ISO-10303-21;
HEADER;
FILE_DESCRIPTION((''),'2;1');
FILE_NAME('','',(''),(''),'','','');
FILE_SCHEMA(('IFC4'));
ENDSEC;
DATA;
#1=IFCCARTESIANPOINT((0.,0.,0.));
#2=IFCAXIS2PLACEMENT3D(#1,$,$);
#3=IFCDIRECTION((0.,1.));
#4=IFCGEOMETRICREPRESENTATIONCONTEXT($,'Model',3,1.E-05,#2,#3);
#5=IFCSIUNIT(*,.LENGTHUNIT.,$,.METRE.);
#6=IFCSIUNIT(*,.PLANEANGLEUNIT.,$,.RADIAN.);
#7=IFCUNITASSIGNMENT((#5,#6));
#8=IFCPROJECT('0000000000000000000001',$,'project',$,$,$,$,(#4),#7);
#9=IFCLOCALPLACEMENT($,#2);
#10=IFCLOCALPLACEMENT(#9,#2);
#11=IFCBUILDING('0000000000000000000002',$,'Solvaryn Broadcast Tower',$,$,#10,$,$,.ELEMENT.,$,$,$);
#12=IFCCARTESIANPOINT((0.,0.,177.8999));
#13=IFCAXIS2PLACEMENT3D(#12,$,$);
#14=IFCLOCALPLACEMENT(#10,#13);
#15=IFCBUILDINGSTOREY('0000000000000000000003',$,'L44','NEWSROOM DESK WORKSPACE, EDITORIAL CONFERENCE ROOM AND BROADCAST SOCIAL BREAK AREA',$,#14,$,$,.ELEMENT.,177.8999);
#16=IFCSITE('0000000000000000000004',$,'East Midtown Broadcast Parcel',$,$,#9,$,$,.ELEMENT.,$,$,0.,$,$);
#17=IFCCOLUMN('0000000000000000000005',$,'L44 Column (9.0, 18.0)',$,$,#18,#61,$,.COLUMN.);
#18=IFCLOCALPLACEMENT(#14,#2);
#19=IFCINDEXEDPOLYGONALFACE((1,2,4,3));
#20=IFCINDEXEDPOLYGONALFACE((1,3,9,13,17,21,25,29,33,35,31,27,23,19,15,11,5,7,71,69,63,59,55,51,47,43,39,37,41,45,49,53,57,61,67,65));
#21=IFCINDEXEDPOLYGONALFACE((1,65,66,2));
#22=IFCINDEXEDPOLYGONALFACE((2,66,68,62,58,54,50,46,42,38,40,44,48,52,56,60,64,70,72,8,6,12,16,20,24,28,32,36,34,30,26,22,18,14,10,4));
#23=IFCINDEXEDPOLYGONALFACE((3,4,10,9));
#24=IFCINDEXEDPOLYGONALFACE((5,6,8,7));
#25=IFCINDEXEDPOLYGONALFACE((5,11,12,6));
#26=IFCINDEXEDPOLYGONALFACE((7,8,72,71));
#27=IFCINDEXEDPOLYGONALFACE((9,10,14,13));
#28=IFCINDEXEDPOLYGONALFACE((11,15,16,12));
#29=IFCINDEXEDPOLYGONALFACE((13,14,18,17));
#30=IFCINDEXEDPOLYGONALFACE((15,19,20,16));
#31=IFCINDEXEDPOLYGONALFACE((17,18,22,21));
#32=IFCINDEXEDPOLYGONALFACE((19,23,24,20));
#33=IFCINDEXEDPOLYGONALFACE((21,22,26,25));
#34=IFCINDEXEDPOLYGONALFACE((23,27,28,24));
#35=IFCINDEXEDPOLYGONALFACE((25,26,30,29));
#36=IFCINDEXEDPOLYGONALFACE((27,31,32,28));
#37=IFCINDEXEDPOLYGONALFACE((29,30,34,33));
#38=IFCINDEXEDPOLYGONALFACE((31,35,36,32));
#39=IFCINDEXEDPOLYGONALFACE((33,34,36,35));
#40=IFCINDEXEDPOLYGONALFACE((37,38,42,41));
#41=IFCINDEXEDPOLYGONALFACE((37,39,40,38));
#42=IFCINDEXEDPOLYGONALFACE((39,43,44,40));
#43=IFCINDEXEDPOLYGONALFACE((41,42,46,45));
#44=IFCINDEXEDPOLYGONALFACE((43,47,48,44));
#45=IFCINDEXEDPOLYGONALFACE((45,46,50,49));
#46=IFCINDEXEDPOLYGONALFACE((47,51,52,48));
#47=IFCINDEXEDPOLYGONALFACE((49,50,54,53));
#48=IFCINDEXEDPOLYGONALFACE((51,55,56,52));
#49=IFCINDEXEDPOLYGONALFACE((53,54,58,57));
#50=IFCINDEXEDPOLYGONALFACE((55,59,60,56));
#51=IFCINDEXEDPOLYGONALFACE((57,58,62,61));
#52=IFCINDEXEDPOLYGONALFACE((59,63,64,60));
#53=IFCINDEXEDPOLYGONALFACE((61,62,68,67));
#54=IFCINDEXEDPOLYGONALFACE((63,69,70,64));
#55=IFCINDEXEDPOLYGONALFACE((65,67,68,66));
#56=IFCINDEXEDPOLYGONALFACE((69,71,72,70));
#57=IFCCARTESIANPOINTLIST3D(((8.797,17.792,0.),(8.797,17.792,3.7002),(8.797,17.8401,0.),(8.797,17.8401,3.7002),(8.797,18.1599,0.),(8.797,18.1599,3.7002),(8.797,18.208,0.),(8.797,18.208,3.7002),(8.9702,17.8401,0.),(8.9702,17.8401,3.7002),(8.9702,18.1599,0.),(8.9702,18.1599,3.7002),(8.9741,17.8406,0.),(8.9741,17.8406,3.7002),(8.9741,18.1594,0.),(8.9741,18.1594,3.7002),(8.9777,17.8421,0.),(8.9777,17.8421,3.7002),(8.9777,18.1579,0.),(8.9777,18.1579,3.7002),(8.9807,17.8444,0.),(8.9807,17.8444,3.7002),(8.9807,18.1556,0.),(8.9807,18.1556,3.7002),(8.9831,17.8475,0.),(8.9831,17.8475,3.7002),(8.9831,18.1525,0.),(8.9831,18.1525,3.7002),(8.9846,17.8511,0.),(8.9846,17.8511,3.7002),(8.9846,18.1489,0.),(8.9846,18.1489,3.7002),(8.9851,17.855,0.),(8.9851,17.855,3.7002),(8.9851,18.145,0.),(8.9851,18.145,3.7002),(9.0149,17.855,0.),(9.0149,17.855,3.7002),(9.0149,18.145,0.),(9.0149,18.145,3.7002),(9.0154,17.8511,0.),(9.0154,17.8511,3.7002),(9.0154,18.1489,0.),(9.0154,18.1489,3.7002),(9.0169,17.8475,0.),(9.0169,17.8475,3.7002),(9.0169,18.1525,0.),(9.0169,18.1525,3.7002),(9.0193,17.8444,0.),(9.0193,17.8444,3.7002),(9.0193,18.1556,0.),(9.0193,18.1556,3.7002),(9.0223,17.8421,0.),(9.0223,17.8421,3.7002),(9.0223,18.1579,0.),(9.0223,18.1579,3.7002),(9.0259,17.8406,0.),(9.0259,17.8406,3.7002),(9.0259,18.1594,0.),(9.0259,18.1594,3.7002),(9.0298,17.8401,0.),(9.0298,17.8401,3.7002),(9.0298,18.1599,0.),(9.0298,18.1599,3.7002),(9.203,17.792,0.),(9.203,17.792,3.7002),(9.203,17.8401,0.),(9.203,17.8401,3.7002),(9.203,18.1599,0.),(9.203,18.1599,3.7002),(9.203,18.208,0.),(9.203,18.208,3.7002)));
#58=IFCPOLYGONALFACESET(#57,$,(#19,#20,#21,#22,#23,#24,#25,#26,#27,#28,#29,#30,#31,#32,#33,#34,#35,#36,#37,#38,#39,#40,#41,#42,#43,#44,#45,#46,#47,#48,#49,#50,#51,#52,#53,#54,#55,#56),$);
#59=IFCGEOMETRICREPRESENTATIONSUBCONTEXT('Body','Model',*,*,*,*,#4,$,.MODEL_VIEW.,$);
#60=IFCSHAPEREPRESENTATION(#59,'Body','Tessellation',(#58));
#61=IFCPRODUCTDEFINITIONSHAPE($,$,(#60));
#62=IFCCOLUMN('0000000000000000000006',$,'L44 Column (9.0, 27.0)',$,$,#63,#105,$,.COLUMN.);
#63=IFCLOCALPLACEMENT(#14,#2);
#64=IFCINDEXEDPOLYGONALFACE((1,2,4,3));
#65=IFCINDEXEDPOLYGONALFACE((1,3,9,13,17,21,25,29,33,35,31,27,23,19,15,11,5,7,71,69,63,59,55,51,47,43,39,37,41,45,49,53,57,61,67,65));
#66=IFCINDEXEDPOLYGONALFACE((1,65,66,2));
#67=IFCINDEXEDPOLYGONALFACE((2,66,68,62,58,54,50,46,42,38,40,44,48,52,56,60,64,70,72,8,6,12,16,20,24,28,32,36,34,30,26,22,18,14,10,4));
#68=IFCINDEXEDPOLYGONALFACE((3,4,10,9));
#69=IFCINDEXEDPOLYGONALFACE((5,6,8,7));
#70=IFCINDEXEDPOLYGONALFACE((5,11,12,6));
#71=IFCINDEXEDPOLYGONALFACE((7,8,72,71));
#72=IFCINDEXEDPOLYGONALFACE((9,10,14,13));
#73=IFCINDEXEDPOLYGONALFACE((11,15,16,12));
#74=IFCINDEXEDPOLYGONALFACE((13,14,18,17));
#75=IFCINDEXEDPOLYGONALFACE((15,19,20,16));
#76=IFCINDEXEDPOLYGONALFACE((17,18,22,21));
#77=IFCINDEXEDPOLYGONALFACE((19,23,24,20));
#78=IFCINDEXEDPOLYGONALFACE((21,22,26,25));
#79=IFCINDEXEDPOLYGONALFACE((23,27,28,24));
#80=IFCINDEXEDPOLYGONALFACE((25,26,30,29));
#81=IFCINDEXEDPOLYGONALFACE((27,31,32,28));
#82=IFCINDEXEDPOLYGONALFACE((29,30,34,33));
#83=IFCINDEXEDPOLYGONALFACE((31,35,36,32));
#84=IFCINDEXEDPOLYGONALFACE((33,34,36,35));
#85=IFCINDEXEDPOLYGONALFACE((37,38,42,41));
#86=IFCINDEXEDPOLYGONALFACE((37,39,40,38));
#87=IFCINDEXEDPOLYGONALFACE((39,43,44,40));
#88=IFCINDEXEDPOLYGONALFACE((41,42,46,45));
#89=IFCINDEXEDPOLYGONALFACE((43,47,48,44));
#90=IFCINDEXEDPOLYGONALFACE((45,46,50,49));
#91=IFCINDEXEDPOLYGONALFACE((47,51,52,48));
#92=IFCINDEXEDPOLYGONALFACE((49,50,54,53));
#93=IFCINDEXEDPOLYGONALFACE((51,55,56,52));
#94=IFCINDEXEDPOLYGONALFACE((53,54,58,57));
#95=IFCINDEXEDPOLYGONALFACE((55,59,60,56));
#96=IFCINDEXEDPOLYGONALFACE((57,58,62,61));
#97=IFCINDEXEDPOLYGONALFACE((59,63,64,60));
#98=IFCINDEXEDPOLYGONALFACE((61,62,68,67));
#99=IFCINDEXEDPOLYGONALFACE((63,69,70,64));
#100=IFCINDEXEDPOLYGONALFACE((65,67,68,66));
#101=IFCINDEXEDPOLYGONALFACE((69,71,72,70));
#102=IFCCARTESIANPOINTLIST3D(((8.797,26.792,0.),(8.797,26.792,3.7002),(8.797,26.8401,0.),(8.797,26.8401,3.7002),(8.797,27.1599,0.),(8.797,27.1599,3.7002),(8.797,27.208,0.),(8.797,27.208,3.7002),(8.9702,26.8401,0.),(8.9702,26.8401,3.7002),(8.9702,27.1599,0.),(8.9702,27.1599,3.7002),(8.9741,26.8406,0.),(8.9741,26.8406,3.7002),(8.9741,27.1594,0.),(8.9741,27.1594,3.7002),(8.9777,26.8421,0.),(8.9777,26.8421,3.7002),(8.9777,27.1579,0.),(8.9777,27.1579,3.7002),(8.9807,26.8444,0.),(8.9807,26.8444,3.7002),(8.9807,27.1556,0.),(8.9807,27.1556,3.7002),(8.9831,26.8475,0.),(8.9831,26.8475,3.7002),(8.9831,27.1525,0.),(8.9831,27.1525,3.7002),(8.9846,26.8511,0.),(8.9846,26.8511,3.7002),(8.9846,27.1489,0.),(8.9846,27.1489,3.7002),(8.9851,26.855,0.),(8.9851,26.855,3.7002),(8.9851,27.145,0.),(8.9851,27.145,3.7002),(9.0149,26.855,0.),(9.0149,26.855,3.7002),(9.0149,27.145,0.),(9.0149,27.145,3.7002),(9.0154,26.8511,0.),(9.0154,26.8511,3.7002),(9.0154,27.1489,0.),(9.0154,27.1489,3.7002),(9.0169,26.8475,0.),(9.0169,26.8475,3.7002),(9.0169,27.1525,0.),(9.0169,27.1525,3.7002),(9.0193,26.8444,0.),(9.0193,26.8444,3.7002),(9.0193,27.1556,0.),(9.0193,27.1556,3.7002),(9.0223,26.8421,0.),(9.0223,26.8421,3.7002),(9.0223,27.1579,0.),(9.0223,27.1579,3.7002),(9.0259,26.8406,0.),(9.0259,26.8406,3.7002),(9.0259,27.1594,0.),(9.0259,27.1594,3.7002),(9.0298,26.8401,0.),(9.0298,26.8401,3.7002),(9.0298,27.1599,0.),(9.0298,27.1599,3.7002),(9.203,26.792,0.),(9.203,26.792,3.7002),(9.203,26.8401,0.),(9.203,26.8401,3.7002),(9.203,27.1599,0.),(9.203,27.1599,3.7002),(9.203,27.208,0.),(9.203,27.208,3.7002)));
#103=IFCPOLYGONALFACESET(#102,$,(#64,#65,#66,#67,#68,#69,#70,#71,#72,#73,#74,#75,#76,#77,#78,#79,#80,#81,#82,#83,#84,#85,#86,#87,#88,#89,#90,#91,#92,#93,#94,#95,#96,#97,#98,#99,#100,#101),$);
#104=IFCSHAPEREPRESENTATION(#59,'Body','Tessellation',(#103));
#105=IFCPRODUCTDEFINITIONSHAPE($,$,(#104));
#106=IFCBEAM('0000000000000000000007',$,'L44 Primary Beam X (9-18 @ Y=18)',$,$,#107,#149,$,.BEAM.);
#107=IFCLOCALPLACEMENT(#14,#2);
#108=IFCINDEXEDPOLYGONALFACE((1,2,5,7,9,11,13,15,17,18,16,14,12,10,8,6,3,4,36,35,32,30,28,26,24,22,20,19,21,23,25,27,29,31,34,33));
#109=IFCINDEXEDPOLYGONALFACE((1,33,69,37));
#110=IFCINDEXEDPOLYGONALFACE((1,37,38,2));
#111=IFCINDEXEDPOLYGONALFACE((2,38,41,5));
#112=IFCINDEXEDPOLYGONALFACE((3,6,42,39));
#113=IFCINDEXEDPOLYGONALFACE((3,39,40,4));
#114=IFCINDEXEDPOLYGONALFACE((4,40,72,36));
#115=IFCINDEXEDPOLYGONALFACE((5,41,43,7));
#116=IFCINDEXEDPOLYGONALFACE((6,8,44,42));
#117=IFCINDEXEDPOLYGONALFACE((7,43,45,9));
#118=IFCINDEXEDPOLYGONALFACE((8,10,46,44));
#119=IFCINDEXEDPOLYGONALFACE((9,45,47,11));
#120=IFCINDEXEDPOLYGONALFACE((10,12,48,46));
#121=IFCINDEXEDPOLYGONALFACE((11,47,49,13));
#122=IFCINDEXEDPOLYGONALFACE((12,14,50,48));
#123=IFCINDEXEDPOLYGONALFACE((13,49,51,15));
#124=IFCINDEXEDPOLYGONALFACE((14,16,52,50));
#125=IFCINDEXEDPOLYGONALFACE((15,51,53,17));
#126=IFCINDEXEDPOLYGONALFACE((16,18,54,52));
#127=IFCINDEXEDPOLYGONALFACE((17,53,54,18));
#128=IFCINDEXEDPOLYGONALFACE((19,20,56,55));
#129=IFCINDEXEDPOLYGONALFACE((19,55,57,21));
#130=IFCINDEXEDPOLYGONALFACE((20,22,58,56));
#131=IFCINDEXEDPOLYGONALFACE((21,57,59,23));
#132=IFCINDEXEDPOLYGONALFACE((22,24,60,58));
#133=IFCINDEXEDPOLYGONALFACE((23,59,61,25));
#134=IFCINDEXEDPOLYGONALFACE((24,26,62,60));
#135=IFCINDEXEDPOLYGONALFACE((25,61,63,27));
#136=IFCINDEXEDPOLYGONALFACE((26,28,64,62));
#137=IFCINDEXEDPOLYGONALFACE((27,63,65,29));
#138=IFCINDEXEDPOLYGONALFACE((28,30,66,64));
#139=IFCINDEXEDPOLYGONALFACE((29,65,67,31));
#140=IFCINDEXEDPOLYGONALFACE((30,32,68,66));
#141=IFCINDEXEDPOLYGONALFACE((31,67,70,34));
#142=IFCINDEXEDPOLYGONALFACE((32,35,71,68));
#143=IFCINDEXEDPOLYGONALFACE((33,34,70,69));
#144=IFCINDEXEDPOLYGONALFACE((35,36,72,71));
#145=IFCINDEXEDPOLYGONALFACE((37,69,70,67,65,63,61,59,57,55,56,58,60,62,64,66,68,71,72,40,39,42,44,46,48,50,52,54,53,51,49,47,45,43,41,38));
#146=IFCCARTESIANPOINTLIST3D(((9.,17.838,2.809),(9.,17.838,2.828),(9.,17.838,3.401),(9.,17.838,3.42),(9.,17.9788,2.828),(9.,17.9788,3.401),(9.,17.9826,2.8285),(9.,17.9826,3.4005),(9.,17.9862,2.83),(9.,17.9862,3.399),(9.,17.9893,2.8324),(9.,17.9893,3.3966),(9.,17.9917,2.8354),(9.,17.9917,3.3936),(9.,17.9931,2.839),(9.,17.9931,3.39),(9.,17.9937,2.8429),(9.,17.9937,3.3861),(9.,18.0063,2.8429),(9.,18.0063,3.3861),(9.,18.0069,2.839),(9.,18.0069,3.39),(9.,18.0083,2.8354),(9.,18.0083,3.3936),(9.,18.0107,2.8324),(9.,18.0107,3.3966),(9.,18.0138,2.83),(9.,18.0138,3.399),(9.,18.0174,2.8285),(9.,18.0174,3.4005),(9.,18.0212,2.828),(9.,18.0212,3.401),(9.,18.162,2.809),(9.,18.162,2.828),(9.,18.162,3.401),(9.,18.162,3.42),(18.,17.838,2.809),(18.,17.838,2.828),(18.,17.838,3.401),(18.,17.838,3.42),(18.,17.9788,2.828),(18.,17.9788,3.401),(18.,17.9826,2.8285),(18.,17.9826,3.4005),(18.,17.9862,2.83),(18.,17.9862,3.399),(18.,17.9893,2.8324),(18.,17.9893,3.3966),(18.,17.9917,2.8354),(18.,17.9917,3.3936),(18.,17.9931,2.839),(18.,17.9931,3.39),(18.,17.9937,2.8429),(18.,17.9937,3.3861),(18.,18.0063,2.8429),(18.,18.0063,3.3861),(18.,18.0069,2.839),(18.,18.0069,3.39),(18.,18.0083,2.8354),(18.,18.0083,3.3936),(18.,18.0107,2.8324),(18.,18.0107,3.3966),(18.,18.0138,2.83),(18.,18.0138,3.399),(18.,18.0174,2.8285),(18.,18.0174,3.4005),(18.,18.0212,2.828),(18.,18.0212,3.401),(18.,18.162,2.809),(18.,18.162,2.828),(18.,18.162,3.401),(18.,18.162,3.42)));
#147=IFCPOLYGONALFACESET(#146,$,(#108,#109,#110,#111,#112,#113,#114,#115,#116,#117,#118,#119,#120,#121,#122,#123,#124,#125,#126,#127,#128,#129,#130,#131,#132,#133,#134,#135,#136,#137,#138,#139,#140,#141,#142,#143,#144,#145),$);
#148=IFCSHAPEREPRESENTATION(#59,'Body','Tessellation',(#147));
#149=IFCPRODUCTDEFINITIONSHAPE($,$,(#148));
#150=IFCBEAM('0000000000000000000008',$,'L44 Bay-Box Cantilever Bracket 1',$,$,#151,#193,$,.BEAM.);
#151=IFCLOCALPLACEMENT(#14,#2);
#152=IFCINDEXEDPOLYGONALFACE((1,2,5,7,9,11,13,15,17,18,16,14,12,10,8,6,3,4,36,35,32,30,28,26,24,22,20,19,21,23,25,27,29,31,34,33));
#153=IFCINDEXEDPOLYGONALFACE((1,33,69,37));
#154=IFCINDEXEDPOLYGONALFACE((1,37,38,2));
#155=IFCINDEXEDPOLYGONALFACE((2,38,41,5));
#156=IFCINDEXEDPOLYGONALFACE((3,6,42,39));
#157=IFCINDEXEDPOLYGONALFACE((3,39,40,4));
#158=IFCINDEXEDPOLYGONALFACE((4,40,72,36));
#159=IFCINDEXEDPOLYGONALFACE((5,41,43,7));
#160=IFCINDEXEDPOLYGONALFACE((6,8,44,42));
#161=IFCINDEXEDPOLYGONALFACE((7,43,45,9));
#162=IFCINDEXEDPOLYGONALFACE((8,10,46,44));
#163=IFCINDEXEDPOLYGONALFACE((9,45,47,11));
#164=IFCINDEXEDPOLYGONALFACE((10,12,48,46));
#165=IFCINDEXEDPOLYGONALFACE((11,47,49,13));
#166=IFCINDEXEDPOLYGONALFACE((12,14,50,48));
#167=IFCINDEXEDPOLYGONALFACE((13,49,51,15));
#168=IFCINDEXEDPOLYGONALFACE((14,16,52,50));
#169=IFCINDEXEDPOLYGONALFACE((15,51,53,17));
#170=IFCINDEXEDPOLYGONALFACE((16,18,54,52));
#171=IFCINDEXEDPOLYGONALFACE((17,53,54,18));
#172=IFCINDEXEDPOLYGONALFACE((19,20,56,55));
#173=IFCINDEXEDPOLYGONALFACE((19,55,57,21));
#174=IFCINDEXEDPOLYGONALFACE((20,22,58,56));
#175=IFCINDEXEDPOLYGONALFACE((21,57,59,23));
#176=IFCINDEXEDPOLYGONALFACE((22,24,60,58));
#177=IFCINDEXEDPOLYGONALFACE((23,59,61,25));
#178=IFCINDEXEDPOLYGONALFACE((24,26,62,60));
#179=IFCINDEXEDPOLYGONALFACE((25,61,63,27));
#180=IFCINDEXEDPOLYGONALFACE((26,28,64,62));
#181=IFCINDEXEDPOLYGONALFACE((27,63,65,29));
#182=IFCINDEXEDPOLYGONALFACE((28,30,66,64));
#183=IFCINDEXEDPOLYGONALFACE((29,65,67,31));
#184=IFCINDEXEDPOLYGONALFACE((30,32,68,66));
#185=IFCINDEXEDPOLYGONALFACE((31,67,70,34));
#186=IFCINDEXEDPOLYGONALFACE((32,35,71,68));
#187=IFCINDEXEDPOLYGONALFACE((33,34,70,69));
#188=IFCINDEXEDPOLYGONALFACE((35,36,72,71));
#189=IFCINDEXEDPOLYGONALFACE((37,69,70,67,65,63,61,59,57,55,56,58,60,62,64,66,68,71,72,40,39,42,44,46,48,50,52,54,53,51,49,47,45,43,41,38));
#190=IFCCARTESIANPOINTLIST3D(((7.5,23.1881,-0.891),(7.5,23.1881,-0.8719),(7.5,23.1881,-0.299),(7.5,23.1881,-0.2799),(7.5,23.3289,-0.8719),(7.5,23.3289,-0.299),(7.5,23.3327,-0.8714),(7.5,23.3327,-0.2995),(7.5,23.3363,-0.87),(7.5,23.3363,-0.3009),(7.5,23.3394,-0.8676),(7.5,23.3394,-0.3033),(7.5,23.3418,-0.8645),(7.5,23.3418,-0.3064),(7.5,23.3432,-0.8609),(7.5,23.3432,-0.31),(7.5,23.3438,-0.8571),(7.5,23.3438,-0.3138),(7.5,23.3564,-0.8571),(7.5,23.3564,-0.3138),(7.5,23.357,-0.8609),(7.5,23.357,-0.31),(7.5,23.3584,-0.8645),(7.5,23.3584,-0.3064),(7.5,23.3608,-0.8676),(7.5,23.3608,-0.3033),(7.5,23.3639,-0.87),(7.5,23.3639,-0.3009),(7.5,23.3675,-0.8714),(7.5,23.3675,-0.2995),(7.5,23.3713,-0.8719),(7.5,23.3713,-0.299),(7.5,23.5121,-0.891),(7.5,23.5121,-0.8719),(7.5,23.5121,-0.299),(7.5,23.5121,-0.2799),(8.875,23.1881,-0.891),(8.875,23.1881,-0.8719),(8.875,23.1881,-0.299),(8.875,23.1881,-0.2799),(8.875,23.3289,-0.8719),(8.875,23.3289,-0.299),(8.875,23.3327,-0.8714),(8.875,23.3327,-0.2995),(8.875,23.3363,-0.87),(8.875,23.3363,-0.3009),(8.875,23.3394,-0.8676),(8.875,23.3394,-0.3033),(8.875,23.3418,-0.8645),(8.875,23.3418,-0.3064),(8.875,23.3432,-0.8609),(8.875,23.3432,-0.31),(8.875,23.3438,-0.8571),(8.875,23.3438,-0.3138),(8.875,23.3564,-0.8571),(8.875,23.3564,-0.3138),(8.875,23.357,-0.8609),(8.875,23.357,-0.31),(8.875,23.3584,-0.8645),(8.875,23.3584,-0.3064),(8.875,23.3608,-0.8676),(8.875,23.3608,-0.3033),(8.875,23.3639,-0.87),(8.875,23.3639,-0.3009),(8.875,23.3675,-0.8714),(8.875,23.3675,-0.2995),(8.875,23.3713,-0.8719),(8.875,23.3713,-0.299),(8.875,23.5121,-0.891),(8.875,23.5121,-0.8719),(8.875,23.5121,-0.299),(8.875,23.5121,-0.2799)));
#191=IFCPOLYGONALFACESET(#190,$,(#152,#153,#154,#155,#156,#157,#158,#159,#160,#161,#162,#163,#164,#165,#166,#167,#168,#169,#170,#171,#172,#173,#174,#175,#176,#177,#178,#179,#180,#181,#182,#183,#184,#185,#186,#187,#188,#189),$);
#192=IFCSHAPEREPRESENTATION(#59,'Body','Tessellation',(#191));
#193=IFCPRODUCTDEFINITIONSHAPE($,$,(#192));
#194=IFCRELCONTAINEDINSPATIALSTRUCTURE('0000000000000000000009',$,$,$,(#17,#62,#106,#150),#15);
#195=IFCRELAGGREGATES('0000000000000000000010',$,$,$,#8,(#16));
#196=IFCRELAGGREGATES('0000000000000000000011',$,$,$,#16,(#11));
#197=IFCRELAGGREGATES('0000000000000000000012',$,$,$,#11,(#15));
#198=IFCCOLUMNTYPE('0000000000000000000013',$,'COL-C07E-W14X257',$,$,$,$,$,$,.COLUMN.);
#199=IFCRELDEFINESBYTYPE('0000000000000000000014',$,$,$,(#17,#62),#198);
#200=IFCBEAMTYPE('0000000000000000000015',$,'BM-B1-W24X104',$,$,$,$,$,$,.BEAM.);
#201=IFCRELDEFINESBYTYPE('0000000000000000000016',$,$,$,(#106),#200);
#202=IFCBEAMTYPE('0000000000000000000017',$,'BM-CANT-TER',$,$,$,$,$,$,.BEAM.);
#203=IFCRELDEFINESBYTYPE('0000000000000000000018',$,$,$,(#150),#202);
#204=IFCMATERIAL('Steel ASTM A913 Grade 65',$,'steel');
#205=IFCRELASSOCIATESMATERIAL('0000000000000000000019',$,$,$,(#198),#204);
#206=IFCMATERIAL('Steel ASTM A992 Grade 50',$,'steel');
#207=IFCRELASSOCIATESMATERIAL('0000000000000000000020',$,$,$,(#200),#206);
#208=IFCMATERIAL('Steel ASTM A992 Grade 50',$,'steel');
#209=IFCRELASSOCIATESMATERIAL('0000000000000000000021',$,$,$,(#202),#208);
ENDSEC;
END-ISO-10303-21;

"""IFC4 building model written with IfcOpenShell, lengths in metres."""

from ifc_helpers import new_model, si_unit, direction, frame, origin, origin_2d, place, context, subcontext, project, spatial, i_section, extrude, material, material_profile, profile_set, type_object, element, save


model = new_model("IFC4")

# Units and contexts
model_context = context("Model", 3, precision=1e-05, world=origin(), true_north=direction((0.0, 1.0)))
body_context = subcontext(model_context, "Body", "Model", "MODEL_VIEW")
ifc_project = project(units=[si_unit("LENGTHUNIT", "METRE"), si_unit("PLANEANGLEUNIT", "RADIAN")], contexts=[model_context])

# Site, building, storey
site_placement = place(None, origin())
site = spatial("IfcSite", under=ifc_project, at=site_placement, Name="East Midtown Broadcast Parcel", CompositionType="ELEMENT", RefElevation=0.0)
building_placement = place(site_placement, origin())
building = spatial("IfcBuilding", under=site, at=building_placement, Name="Solvaryn Broadcast Tower", CompositionType="ELEMENT")
storey_placement = place(building_placement, frame((0.0, 0.0, 177.8999)))
storey = spatial("IfcBuildingStorey", under=building, at=storey_placement, Name="L44", Description="NEWSROOM DESK WORKSPACE, EDITORIAL CONFERENCE ROOM AND BROADCAST SOCIAL BREAK AREA", CompositionType="ELEMENT", Elevation=177.8999)

# Columns
ifc_material_1 = material(Name="Steel ASTM A913 Grade 65", Category="steel")
ifc_material_profile_1 = material_profile(ifc_material_1, i_section(OverallWidth=0.406, OverallDepth=0.416, WebThickness=0.0298, FlangeThickness=0.0481, FilletRadius=0.0149, at=origin_2d()))
ifc_profile_set_1 = profile_set([ifc_material_profile_1], Name="Steel ASTM A913 Grade 65")
column_type = type_object("IfcColumnType", Name="COL-C07E-W14X257", PredefinedType="COLUMN", material=ifc_profile_set_1)
for number, where, z_axis, x_axis, name in (
    (1, (9.0, 18.0, 0.0), (0.0, 0.0, 1.0), (1.0, 0.0, 0.0), "L44 Column (9.0, 18.0)"),
    (2, (9.0, 27.0, 0.0), (0.0, 0.0, 1.0), (1.0, 0.0, 0.0), "L44 Column (9.0, 27.0)"),
):
    element("IfcColumn", number, at=place(storey_placement, frame(where, z_axis=z_axis, x_axis=x_axis)), inside=storey, type_object=column_type, Name=name, PredefinedType="COLUMN", context=body_context, shape_type="SweptSolid", body=[
        extrude(i_section(OverallWidth=0.406, OverallDepth=0.416, WebThickness=0.0298, FlangeThickness=0.0481, FilletRadius=0.0149, at=origin_2d()), origin(), (0.0, 0.0, 1.0), 3.7002),
    ])

# Beams
ifc_material_2 = material(Name="Steel ASTM A992 Grade 50", Category="steel")
ifc_material_profile_2 = material_profile(ifc_material_2, i_section(OverallWidth=0.324, OverallDepth=0.6111, WebThickness=0.0127, FlangeThickness=0.019, FilletRadius=0.0149, at=origin_2d()))
ifc_profile_set_2 = profile_set([ifc_material_profile_2], Name="Steel ASTM A992 Grade 50")
beam_type_1 = type_object("IfcBeamType", Name="BM-B1-W24X104", PredefinedType="BEAM", material=ifc_profile_set_2)
beam_1_placement = place(storey_placement, frame((9.0, 18.0, 3.1145), z_axis=(1.0, 0.0, 0.0), x_axis=(0.0, 1.0, 0.0)))
element("IfcBeam", 3, at=beam_1_placement, inside=storey, type_object=beam_type_1, Name="L44 Primary Beam X (9-18 @ Y=18)", PredefinedType="BEAM", context=body_context, shape_type="SweptSolid", body=[
    extrude(i_section(OverallWidth=0.324, OverallDepth=0.6111, WebThickness=0.0127, FlangeThickness=0.019, FilletRadius=0.0149, at=origin_2d()), origin(), (0.0, 0.0, 1.0), 9.0),
])
ifc_material_3 = material(Name="Steel ASTM A992 Grade 50", Category="steel")
ifc_material_profile_3 = material_profile(ifc_material_3, i_section(OverallWidth=0.324, OverallDepth=0.6111, WebThickness=0.0127, FlangeThickness=0.019, FilletRadius=0.0149, at=origin_2d()))
ifc_profile_set_3 = profile_set([ifc_material_profile_3], Name="Steel ASTM A992 Grade 50")
beam_type_2 = type_object("IfcBeamType", Name="BM-CANT-TER", PredefinedType="BEAM", material=ifc_profile_set_3)
beam_2_placement = place(storey_placement, frame((8.875, 23.3501, -0.5854), z_axis=(-1.0, 0.0, 0.0), x_axis=(0.0, -1.0, 0.0)))
element("IfcBeam", 4, at=beam_2_placement, inside=storey, type_object=beam_type_2, Name="L44 Bay-Box Cantilever Bracket 1", PredefinedType="BEAM", context=body_context, shape_type="SweptSolid", body=[
    extrude(i_section(OverallWidth=0.324, OverallDepth=0.6111, WebThickness=0.0127, FlangeThickness=0.019, FilletRadius=0.0149, at=origin_2d()), origin(), (0.0, 0.0, 1.0), 1.375),
])

save(model, "model.ifc")
